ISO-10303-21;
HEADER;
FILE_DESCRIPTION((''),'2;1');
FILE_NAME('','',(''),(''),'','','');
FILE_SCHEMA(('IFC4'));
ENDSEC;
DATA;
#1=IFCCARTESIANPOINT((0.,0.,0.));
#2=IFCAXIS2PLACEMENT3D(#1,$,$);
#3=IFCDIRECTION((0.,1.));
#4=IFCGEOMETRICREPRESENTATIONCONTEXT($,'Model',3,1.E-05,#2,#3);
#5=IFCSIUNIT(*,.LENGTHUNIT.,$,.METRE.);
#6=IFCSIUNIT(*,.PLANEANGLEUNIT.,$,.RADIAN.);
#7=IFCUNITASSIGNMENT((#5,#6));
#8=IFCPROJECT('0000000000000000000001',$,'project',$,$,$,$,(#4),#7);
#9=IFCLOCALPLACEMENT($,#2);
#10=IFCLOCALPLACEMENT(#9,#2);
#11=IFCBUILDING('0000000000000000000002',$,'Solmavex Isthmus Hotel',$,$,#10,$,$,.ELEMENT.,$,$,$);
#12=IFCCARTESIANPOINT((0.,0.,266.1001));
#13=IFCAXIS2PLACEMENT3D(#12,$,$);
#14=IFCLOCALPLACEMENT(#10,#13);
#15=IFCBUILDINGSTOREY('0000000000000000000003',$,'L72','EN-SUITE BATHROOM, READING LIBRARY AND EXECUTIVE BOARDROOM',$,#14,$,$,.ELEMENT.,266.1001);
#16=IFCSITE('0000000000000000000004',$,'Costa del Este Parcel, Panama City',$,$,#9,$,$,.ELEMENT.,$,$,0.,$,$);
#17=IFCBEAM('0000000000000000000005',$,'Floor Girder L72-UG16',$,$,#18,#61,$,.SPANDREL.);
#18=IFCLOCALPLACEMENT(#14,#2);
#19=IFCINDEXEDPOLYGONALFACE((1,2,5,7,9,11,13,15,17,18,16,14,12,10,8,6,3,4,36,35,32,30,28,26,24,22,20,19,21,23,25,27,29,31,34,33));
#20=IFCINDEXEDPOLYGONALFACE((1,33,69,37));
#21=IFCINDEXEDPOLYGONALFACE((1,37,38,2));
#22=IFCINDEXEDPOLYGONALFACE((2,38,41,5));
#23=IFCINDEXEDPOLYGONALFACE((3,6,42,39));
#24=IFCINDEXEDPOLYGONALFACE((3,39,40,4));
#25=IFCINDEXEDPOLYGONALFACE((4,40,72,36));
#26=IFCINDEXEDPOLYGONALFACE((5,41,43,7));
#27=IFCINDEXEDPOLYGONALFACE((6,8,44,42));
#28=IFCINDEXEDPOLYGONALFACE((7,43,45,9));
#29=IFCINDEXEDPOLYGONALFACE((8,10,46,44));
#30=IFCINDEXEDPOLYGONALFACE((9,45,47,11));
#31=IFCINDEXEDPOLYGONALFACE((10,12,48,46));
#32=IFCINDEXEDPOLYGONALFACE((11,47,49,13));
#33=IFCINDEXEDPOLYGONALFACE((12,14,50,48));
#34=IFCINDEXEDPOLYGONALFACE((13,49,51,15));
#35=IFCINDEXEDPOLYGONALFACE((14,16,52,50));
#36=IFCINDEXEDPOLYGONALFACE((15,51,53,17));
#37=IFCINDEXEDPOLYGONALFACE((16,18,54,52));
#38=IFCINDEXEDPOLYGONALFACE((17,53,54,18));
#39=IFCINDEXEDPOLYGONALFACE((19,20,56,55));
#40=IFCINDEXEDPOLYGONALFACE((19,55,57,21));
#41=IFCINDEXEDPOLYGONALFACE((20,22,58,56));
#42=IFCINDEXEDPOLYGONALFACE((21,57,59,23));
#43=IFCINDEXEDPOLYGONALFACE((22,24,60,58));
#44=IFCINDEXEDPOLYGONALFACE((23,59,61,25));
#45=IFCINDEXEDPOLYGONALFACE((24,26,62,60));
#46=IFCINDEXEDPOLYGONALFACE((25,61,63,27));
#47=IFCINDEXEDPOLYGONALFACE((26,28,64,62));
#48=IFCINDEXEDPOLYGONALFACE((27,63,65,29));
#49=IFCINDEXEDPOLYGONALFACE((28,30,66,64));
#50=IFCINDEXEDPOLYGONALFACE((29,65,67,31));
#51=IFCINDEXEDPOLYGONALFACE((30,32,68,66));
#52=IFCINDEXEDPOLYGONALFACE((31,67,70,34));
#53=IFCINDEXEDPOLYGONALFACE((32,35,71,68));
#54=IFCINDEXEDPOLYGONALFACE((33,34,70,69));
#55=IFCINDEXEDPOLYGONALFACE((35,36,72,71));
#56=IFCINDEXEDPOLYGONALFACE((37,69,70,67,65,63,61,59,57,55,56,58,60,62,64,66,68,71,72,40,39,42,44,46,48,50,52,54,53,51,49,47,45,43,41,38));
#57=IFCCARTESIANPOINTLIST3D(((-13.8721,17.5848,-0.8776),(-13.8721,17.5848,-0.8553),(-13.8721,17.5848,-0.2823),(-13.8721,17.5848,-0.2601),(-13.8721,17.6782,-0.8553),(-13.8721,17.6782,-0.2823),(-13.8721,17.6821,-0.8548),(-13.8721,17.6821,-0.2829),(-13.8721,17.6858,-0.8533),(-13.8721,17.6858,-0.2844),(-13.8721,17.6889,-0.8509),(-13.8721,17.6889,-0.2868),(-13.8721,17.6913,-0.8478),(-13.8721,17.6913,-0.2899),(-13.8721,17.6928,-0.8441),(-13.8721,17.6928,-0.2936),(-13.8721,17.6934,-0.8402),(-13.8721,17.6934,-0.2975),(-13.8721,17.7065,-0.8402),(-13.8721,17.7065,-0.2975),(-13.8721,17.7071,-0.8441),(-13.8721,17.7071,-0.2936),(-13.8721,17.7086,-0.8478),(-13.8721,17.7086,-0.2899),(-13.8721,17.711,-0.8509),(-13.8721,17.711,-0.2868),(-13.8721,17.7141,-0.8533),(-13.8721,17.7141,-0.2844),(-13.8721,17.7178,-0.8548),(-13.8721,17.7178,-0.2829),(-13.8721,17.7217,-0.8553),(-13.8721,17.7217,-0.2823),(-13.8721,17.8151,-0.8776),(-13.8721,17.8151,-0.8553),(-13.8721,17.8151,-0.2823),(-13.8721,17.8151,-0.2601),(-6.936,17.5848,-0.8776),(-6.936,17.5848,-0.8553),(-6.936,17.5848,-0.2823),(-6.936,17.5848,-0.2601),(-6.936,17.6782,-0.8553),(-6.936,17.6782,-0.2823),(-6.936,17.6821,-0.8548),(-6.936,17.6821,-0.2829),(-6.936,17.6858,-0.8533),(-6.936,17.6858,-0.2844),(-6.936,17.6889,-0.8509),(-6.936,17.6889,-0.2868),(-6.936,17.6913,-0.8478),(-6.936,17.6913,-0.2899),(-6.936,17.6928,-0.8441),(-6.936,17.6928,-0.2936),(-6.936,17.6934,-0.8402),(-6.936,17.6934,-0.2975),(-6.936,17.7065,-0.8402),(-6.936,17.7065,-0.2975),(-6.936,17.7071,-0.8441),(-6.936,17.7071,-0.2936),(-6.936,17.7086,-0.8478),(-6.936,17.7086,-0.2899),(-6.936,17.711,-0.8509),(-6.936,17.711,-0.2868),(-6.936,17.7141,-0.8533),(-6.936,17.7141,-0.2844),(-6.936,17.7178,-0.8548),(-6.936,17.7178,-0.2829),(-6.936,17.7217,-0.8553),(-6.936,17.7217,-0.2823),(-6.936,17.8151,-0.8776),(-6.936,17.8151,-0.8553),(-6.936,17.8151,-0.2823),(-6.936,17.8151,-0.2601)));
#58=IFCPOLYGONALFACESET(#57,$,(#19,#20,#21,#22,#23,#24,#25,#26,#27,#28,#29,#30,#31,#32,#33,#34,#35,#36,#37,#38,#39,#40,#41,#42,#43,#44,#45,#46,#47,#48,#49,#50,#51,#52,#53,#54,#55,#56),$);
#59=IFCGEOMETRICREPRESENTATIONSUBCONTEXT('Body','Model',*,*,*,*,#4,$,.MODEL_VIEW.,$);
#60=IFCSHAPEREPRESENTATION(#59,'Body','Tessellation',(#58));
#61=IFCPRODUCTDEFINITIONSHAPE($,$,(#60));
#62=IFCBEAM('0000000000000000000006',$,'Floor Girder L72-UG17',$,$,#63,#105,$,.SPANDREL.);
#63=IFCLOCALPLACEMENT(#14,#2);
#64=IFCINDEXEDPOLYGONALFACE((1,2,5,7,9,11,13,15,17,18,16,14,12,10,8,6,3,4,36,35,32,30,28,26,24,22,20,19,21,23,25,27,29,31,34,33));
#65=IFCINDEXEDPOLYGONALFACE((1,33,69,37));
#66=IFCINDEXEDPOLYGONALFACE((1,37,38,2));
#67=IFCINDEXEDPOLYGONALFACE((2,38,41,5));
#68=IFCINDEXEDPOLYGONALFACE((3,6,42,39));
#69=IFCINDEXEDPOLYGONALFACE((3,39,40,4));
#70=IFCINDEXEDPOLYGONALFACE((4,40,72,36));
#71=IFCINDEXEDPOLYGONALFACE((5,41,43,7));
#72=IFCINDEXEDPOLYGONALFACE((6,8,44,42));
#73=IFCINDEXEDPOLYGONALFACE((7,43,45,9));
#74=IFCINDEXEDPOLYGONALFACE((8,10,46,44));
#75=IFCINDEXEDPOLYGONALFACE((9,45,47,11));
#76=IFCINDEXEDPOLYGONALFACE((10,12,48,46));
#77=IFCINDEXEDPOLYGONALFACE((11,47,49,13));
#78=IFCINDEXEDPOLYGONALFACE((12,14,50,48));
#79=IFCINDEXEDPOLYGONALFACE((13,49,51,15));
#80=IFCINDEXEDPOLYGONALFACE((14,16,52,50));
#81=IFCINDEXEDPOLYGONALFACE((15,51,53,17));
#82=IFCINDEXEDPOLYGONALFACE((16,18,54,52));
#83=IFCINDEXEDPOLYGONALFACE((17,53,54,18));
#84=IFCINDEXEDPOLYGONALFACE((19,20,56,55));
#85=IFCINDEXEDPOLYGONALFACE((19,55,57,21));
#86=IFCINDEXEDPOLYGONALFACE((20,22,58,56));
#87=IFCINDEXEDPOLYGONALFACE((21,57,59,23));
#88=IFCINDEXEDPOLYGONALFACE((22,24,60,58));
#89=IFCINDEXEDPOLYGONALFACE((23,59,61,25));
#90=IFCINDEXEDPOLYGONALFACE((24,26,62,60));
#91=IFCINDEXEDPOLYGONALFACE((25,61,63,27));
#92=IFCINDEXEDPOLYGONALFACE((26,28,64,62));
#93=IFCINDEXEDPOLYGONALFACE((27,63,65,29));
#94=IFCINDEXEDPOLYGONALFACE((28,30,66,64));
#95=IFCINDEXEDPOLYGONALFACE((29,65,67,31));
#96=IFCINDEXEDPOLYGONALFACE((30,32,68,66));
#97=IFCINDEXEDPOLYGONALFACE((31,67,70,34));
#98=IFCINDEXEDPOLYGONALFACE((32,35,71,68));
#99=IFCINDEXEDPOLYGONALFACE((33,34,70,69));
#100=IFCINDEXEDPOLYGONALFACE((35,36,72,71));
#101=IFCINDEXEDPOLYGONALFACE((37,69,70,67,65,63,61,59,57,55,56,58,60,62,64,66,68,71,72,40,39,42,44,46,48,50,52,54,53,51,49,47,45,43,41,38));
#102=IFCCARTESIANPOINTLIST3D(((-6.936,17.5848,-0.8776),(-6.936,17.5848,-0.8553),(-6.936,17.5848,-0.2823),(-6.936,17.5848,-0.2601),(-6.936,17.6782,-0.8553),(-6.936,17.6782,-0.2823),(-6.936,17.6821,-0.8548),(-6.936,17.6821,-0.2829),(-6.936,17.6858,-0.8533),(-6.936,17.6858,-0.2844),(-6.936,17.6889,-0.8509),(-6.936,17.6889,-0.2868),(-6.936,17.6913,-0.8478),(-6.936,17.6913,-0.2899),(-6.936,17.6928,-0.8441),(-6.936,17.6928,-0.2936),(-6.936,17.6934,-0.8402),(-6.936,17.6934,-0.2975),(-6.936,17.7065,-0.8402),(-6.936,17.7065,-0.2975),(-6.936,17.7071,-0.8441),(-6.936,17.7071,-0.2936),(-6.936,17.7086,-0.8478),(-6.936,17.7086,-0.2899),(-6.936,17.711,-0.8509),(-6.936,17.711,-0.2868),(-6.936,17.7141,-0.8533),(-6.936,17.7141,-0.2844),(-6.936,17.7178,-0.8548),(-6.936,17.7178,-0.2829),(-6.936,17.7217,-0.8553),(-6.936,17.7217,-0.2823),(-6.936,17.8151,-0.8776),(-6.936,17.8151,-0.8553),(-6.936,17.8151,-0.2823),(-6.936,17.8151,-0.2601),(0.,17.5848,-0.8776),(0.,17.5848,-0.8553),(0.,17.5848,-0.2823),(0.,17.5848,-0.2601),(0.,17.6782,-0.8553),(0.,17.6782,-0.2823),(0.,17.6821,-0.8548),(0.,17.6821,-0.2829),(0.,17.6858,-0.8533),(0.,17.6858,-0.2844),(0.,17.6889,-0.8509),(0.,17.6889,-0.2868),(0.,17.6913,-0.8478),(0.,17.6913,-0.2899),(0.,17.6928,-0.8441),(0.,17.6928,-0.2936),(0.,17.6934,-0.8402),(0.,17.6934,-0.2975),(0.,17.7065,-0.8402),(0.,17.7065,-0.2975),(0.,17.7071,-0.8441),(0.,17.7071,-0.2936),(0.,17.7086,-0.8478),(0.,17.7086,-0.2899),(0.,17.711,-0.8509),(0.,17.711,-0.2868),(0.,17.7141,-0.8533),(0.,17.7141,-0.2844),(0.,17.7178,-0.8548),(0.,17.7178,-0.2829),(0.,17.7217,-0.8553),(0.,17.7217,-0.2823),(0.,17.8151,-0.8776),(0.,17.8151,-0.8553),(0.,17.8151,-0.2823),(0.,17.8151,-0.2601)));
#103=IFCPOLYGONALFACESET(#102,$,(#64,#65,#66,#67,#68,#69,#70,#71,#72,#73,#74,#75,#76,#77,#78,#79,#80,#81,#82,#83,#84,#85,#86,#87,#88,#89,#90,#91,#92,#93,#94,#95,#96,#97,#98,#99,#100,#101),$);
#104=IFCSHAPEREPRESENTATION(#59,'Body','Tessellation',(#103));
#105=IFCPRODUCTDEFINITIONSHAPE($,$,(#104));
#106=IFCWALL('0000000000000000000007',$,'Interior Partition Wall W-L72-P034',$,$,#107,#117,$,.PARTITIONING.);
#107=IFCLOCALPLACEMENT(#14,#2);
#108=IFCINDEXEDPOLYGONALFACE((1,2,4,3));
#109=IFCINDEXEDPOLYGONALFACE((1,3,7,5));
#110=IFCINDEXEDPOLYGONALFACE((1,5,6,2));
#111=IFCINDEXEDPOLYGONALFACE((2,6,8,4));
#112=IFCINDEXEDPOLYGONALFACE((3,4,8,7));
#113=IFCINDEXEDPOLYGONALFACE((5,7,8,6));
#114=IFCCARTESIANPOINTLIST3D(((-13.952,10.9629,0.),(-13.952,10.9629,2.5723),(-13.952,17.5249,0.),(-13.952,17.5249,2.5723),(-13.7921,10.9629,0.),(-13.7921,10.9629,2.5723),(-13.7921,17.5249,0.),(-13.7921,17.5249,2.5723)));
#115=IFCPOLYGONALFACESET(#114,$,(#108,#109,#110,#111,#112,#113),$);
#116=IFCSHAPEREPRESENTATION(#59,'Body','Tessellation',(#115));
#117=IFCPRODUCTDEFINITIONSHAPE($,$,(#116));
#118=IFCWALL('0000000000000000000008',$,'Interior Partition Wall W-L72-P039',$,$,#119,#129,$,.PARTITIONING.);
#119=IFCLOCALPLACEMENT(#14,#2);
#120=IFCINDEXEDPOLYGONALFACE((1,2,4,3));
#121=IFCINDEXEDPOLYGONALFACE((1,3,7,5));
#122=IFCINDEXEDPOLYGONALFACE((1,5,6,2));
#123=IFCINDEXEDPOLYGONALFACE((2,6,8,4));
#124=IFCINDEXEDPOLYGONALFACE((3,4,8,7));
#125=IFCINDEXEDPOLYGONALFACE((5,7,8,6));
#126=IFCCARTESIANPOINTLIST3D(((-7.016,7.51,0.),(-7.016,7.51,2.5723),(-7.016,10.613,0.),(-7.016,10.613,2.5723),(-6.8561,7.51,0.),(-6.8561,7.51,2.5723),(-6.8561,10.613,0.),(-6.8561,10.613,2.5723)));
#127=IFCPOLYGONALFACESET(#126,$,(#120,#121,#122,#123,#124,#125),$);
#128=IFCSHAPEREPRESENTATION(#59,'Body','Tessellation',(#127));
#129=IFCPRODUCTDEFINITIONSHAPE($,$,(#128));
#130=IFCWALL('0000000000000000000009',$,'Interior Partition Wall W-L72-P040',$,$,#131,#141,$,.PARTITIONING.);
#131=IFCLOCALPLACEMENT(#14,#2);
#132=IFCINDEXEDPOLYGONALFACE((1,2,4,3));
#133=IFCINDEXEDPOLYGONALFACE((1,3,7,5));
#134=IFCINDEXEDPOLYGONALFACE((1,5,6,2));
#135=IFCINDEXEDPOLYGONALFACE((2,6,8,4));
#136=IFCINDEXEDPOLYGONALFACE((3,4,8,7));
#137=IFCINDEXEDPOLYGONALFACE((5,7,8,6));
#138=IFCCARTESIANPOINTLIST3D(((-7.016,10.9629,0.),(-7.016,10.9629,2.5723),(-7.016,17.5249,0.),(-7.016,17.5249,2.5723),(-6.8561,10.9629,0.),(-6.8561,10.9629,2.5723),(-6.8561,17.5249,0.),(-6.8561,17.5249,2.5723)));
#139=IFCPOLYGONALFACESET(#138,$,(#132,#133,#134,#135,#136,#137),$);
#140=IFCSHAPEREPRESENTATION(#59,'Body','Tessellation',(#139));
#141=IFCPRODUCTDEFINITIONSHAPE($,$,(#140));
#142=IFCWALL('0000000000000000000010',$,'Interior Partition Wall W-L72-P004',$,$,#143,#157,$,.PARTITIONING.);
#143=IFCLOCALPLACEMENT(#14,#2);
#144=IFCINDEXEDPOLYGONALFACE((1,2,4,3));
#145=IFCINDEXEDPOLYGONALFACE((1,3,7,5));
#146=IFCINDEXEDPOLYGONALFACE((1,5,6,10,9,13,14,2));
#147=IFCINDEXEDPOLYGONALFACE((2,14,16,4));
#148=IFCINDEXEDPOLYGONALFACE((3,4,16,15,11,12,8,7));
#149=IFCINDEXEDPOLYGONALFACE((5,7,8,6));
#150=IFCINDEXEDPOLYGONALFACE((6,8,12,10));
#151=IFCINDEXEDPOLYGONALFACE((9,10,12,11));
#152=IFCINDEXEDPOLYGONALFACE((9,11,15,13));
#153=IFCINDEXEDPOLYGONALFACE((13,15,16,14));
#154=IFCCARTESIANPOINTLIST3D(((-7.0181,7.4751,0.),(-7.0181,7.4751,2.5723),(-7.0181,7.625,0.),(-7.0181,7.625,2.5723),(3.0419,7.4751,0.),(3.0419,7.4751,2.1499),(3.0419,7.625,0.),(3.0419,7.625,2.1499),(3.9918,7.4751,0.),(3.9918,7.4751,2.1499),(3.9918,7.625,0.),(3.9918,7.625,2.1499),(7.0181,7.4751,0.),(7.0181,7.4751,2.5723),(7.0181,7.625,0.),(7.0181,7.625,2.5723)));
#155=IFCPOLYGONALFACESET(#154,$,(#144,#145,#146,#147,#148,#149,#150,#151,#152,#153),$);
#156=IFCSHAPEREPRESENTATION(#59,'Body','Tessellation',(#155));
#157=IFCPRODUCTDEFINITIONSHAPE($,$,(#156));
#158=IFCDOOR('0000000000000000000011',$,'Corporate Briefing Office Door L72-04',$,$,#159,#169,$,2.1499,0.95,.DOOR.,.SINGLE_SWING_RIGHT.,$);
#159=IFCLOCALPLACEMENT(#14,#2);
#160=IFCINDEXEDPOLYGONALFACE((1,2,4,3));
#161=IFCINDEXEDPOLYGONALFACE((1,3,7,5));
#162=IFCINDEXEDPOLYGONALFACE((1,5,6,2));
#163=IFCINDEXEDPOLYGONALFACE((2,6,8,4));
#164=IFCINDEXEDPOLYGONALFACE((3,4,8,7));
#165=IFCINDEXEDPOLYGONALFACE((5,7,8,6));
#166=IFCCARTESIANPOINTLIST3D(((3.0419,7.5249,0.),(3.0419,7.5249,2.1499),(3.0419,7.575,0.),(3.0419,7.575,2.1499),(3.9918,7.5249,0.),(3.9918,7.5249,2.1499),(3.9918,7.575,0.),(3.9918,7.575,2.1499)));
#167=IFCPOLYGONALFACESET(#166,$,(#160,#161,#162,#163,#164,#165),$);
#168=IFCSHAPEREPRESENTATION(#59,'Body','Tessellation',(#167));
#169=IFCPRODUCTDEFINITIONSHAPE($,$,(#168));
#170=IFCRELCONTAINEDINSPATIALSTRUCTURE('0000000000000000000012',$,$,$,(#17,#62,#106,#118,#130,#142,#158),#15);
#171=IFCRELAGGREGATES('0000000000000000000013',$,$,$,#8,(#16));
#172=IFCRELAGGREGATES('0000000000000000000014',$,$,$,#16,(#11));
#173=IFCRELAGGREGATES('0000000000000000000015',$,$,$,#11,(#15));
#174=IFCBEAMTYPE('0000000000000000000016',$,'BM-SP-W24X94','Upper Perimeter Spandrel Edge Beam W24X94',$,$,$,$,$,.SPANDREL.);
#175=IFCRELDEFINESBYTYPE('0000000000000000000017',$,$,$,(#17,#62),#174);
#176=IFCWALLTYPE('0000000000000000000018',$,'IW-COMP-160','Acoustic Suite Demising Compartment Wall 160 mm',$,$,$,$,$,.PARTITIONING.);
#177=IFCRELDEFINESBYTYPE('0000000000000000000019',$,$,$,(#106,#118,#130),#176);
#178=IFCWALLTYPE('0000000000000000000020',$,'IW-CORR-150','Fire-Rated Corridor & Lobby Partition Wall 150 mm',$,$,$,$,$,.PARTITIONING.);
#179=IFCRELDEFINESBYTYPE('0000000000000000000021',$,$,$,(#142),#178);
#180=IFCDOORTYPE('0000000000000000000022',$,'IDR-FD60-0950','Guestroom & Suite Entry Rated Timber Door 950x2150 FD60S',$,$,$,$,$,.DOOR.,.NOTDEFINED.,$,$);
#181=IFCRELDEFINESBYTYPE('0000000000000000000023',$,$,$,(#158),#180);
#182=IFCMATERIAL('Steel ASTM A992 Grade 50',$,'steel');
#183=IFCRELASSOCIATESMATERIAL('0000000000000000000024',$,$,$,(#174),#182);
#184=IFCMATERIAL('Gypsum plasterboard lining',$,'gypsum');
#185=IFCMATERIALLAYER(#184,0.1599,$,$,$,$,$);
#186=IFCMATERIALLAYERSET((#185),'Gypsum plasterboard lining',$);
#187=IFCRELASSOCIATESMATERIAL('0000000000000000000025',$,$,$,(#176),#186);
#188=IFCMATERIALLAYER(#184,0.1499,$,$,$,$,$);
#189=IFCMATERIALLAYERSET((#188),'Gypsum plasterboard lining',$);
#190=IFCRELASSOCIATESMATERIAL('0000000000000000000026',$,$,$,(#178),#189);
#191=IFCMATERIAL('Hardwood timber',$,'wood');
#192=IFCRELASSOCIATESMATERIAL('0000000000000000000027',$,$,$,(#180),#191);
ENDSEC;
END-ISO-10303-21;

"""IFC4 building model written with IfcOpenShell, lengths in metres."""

from ifc_helpers import new_model, si_unit, direction, frame, frame_2d, origin, origin_2d, place, context, subcontext, project, spatial, rectangle, i_section, extrude, material, layer, layer_set, material_profile, profile_set, type_object, element, fill, save


model = new_model("IFC4")

# Units and contexts
model_context = context("Model", 3, precision=1e-05, world=origin(), true_north=direction((0.0, 1.0)))
body_context = subcontext(model_context, "Body", "Model", "MODEL_VIEW")
ifc_project = project(units=[si_unit("LENGTHUNIT", "METRE"), si_unit("PLANEANGLEUNIT", "RADIAN")], contexts=[model_context])

# Site, building, storey
site_placement = place(None, origin())
site = spatial("IfcSite", under=ifc_project, at=site_placement, Name="Costa del Este Parcel, Panama City", CompositionType="ELEMENT", RefElevation=0.0)
building_placement = place(site_placement, origin())
building = spatial("IfcBuilding", under=site, at=building_placement, Name="Solmavex Isthmus Hotel", CompositionType="ELEMENT")
storey_placement = place(building_placement, frame((0.0, 0.0, 266.1001)))
storey = spatial("IfcBuildingStorey", under=building, at=storey_placement, Name="L72", Description="EN-SUITE BATHROOM, READING LIBRARY AND EXECUTIVE BOARDROOM", CompositionType="ELEMENT", Elevation=266.1001)

# Beams
ifc_material_1 = material(Name="Steel ASTM A992 Grade 50", Category="steel")
ifc_material_profile_1 = material_profile(ifc_material_1, i_section(OverallWidth=0.2302, OverallDepth=0.6174, WebThickness=0.0132, FlangeThickness=0.0222, FilletRadius=0.0151, at=origin_2d()), Name="W24X94")
ifc_profile_set_1 = profile_set([ifc_material_profile_1], Name="Steel ASTM A992 Grade 50")
beam_type_1 = type_object("IfcBeamType", Name="BM-SP-W24X94", Description="Upper Perimeter Spandrel Edge Beam W24X94", PredefinedType="SPANDREL", material=ifc_profile_set_1)
for number, where, z_axis, x_axis, name in (
    (1, (-13.8721, 17.7, -0.5688), (1.0, 0.0, 0.0), (0.0, 1.0, 0.0), "Floor Girder L72-UG16"),
    (2, (-6.936, 17.7, -0.5688), (1.0, 0.0, 0.0), (0.0, 1.0, 0.0), "Floor Girder L72-UG17"),
):
    element("IfcBeam", number, at=place(storey_placement, frame(where, z_axis=z_axis, x_axis=x_axis)), inside=storey, type_object=beam_type_1, Name=name, PredefinedType="SPANDREL", context=body_context, shape_type="SweptSolid", body=[
        extrude(i_section(OverallWidth=0.2302, OverallDepth=0.6174, WebThickness=0.0132, FlangeThickness=0.0222, FilletRadius=0.0151, at=origin_2d()), origin(), (0.0, 0.0, 1.0), 6.936),
    ])

# Walls
ifc_material_2 = material(Name="Gypsum plasterboard lining", Category="gypsum")
ifc_layer_1 = layer(ifc_material_2, 0.1599)
ifc_layer_set_1 = layer_set([ifc_layer_1], Name="Gypsum plasterboard lining")
wall_type_1 = type_object("IfcWallType", Name="IW-COMP-160", Description="Acoustic Suite Demising Compartment Wall 160 mm", PredefinedType="PARTITIONING", material=ifc_layer_set_1)
wall_1_placement = place(storey_placement, frame((-13.8721, 17.5249, 0.0), z_axis=(0.0, 0.0, 1.0), x_axis=(0.0, -1.0, 0.0)))
element("IfcWall", 3, at=wall_1_placement, inside=storey, type_object=wall_type_1, Name="Interior Partition Wall W-L72-P034", PredefinedType="PARTITIONING", context=body_context, shape_type="SweptSolid", body=[
    extrude(rectangle(XDim=6.562, YDim=0.1599, at=frame_2d((3.281, 0.0))), origin(), (0.0, 0.0, 1.0), 2.5723),
])
wall_2_placement = place(storey_placement, frame((-6.936, 10.613, 0.0), z_axis=(0.0, 0.0, 1.0), x_axis=(0.0, -1.0, 0.0)))
element("IfcWall", 4, at=wall_2_placement, inside=storey, type_object=wall_type_1, Name="Interior Partition Wall W-L72-P039", PredefinedType="PARTITIONING", context=body_context, shape_type="SweptSolid", body=[
    extrude(rectangle(XDim=3.103, YDim=0.1599, at=frame_2d((1.5515, 0.0))), origin(), (0.0, 0.0, 1.0), 2.5723),
])
wall_3_placement = place(storey_placement, frame((-6.936, 17.5249, 0.0), z_axis=(0.0, 0.0, 1.0), x_axis=(0.0, -1.0, 0.0)))
element("IfcWall", 5, at=wall_3_placement, inside=storey, type_object=wall_type_1, Name="Interior Partition Wall W-L72-P040", PredefinedType="PARTITIONING", context=body_context, shape_type="SweptSolid", body=[
    extrude(rectangle(XDim=6.562, YDim=0.1599, at=frame_2d((3.281, 0.0))), origin(), (0.0, 0.0, 1.0), 2.5723),
])

# Wall, opening, door
ifc_layer_2 = layer(ifc_material_2, 0.1499)
ifc_layer_set_2 = layer_set([ifc_layer_2], Name="Gypsum plasterboard lining")
wall_type_2 = type_object("IfcWallType", Name="IW-CORR-150", Description="Fire-Rated Corridor & Lobby Partition Wall 150 mm", PredefinedType="PARTITIONING", material=ifc_layer_set_2)
ifc_material_3 = material(Name="Hardwood timber", Category="wood")
door_type_1 = type_object("IfcDoorType", Name="IDR-FD60-0950", Description="Guestroom & Suite Entry Rated Timber Door 950x2150 FD60S", OperationType="NOTDEFINED", PredefinedType="DOOR", material=ifc_material_3)
wall_4_placement = place(storey_placement, frame((-7.0181, 7.55, 0.0), z_axis=(0.0, 0.0, 1.0), x_axis=(1.0, 0.0, 0.0)))
wall_4 = element("IfcWall", 6, at=wall_4_placement, inside=storey, type_object=wall_type_2, Name="Interior Partition Wall W-L72-P004", PredefinedType="PARTITIONING", context=body_context, shape_type="SweptSolid", body=[
    extrude(rectangle(XDim=14.0361, YDim=0.1499, at=frame_2d((7.0181, 0.0))), origin(), (0.0, 0.0, 1.0), 2.5723),
])
opening_1_placement = place(wall_4_placement, frame((10.0598, 0.0, 0.0)))
opening_1 = element("IfcOpeningElement", 7, at=opening_1_placement, cuts=wall_4, PredefinedType="OPENING", context=body_context, shape_type="SweptSolid", body=[
    extrude(rectangle(XDim=0.95, YDim=2.1499, at=frame_2d((0.4751, 1.075))), frame((0.0, 0.085, 0.0), z_axis=(0.0, -1.0, 0.0), x_axis=(1.0, 0.0, 0.0)), (0.0, 0.0, 1.0), 0.1699),
])
door_1_placement = place(opening_1_placement, origin())
door_1 = element("IfcDoor", 8, at=door_1_placement, inside=storey, type_object=door_type_1, Name="Corporate Briefing Office Door L72-04", OperationType="SINGLE_SWING_RIGHT", OverallHeight=2.1499, OverallWidth=0.95, PredefinedType="DOOR", context=body_context, shape_type="SweptSolid", body=[
    extrude(rectangle(XDim=0.95, YDim=2.1499, at=frame_2d((0.4751, 1.075))), frame((0.0, 0.0249, 0.0), z_axis=(0.0, -1.0, 0.0), x_axis=(1.0, 0.0, 0.0)), (0.0, 0.0, 1.0), 0.05),
])
fill(opening_1, door_1)

save(model, "model.ifc")
